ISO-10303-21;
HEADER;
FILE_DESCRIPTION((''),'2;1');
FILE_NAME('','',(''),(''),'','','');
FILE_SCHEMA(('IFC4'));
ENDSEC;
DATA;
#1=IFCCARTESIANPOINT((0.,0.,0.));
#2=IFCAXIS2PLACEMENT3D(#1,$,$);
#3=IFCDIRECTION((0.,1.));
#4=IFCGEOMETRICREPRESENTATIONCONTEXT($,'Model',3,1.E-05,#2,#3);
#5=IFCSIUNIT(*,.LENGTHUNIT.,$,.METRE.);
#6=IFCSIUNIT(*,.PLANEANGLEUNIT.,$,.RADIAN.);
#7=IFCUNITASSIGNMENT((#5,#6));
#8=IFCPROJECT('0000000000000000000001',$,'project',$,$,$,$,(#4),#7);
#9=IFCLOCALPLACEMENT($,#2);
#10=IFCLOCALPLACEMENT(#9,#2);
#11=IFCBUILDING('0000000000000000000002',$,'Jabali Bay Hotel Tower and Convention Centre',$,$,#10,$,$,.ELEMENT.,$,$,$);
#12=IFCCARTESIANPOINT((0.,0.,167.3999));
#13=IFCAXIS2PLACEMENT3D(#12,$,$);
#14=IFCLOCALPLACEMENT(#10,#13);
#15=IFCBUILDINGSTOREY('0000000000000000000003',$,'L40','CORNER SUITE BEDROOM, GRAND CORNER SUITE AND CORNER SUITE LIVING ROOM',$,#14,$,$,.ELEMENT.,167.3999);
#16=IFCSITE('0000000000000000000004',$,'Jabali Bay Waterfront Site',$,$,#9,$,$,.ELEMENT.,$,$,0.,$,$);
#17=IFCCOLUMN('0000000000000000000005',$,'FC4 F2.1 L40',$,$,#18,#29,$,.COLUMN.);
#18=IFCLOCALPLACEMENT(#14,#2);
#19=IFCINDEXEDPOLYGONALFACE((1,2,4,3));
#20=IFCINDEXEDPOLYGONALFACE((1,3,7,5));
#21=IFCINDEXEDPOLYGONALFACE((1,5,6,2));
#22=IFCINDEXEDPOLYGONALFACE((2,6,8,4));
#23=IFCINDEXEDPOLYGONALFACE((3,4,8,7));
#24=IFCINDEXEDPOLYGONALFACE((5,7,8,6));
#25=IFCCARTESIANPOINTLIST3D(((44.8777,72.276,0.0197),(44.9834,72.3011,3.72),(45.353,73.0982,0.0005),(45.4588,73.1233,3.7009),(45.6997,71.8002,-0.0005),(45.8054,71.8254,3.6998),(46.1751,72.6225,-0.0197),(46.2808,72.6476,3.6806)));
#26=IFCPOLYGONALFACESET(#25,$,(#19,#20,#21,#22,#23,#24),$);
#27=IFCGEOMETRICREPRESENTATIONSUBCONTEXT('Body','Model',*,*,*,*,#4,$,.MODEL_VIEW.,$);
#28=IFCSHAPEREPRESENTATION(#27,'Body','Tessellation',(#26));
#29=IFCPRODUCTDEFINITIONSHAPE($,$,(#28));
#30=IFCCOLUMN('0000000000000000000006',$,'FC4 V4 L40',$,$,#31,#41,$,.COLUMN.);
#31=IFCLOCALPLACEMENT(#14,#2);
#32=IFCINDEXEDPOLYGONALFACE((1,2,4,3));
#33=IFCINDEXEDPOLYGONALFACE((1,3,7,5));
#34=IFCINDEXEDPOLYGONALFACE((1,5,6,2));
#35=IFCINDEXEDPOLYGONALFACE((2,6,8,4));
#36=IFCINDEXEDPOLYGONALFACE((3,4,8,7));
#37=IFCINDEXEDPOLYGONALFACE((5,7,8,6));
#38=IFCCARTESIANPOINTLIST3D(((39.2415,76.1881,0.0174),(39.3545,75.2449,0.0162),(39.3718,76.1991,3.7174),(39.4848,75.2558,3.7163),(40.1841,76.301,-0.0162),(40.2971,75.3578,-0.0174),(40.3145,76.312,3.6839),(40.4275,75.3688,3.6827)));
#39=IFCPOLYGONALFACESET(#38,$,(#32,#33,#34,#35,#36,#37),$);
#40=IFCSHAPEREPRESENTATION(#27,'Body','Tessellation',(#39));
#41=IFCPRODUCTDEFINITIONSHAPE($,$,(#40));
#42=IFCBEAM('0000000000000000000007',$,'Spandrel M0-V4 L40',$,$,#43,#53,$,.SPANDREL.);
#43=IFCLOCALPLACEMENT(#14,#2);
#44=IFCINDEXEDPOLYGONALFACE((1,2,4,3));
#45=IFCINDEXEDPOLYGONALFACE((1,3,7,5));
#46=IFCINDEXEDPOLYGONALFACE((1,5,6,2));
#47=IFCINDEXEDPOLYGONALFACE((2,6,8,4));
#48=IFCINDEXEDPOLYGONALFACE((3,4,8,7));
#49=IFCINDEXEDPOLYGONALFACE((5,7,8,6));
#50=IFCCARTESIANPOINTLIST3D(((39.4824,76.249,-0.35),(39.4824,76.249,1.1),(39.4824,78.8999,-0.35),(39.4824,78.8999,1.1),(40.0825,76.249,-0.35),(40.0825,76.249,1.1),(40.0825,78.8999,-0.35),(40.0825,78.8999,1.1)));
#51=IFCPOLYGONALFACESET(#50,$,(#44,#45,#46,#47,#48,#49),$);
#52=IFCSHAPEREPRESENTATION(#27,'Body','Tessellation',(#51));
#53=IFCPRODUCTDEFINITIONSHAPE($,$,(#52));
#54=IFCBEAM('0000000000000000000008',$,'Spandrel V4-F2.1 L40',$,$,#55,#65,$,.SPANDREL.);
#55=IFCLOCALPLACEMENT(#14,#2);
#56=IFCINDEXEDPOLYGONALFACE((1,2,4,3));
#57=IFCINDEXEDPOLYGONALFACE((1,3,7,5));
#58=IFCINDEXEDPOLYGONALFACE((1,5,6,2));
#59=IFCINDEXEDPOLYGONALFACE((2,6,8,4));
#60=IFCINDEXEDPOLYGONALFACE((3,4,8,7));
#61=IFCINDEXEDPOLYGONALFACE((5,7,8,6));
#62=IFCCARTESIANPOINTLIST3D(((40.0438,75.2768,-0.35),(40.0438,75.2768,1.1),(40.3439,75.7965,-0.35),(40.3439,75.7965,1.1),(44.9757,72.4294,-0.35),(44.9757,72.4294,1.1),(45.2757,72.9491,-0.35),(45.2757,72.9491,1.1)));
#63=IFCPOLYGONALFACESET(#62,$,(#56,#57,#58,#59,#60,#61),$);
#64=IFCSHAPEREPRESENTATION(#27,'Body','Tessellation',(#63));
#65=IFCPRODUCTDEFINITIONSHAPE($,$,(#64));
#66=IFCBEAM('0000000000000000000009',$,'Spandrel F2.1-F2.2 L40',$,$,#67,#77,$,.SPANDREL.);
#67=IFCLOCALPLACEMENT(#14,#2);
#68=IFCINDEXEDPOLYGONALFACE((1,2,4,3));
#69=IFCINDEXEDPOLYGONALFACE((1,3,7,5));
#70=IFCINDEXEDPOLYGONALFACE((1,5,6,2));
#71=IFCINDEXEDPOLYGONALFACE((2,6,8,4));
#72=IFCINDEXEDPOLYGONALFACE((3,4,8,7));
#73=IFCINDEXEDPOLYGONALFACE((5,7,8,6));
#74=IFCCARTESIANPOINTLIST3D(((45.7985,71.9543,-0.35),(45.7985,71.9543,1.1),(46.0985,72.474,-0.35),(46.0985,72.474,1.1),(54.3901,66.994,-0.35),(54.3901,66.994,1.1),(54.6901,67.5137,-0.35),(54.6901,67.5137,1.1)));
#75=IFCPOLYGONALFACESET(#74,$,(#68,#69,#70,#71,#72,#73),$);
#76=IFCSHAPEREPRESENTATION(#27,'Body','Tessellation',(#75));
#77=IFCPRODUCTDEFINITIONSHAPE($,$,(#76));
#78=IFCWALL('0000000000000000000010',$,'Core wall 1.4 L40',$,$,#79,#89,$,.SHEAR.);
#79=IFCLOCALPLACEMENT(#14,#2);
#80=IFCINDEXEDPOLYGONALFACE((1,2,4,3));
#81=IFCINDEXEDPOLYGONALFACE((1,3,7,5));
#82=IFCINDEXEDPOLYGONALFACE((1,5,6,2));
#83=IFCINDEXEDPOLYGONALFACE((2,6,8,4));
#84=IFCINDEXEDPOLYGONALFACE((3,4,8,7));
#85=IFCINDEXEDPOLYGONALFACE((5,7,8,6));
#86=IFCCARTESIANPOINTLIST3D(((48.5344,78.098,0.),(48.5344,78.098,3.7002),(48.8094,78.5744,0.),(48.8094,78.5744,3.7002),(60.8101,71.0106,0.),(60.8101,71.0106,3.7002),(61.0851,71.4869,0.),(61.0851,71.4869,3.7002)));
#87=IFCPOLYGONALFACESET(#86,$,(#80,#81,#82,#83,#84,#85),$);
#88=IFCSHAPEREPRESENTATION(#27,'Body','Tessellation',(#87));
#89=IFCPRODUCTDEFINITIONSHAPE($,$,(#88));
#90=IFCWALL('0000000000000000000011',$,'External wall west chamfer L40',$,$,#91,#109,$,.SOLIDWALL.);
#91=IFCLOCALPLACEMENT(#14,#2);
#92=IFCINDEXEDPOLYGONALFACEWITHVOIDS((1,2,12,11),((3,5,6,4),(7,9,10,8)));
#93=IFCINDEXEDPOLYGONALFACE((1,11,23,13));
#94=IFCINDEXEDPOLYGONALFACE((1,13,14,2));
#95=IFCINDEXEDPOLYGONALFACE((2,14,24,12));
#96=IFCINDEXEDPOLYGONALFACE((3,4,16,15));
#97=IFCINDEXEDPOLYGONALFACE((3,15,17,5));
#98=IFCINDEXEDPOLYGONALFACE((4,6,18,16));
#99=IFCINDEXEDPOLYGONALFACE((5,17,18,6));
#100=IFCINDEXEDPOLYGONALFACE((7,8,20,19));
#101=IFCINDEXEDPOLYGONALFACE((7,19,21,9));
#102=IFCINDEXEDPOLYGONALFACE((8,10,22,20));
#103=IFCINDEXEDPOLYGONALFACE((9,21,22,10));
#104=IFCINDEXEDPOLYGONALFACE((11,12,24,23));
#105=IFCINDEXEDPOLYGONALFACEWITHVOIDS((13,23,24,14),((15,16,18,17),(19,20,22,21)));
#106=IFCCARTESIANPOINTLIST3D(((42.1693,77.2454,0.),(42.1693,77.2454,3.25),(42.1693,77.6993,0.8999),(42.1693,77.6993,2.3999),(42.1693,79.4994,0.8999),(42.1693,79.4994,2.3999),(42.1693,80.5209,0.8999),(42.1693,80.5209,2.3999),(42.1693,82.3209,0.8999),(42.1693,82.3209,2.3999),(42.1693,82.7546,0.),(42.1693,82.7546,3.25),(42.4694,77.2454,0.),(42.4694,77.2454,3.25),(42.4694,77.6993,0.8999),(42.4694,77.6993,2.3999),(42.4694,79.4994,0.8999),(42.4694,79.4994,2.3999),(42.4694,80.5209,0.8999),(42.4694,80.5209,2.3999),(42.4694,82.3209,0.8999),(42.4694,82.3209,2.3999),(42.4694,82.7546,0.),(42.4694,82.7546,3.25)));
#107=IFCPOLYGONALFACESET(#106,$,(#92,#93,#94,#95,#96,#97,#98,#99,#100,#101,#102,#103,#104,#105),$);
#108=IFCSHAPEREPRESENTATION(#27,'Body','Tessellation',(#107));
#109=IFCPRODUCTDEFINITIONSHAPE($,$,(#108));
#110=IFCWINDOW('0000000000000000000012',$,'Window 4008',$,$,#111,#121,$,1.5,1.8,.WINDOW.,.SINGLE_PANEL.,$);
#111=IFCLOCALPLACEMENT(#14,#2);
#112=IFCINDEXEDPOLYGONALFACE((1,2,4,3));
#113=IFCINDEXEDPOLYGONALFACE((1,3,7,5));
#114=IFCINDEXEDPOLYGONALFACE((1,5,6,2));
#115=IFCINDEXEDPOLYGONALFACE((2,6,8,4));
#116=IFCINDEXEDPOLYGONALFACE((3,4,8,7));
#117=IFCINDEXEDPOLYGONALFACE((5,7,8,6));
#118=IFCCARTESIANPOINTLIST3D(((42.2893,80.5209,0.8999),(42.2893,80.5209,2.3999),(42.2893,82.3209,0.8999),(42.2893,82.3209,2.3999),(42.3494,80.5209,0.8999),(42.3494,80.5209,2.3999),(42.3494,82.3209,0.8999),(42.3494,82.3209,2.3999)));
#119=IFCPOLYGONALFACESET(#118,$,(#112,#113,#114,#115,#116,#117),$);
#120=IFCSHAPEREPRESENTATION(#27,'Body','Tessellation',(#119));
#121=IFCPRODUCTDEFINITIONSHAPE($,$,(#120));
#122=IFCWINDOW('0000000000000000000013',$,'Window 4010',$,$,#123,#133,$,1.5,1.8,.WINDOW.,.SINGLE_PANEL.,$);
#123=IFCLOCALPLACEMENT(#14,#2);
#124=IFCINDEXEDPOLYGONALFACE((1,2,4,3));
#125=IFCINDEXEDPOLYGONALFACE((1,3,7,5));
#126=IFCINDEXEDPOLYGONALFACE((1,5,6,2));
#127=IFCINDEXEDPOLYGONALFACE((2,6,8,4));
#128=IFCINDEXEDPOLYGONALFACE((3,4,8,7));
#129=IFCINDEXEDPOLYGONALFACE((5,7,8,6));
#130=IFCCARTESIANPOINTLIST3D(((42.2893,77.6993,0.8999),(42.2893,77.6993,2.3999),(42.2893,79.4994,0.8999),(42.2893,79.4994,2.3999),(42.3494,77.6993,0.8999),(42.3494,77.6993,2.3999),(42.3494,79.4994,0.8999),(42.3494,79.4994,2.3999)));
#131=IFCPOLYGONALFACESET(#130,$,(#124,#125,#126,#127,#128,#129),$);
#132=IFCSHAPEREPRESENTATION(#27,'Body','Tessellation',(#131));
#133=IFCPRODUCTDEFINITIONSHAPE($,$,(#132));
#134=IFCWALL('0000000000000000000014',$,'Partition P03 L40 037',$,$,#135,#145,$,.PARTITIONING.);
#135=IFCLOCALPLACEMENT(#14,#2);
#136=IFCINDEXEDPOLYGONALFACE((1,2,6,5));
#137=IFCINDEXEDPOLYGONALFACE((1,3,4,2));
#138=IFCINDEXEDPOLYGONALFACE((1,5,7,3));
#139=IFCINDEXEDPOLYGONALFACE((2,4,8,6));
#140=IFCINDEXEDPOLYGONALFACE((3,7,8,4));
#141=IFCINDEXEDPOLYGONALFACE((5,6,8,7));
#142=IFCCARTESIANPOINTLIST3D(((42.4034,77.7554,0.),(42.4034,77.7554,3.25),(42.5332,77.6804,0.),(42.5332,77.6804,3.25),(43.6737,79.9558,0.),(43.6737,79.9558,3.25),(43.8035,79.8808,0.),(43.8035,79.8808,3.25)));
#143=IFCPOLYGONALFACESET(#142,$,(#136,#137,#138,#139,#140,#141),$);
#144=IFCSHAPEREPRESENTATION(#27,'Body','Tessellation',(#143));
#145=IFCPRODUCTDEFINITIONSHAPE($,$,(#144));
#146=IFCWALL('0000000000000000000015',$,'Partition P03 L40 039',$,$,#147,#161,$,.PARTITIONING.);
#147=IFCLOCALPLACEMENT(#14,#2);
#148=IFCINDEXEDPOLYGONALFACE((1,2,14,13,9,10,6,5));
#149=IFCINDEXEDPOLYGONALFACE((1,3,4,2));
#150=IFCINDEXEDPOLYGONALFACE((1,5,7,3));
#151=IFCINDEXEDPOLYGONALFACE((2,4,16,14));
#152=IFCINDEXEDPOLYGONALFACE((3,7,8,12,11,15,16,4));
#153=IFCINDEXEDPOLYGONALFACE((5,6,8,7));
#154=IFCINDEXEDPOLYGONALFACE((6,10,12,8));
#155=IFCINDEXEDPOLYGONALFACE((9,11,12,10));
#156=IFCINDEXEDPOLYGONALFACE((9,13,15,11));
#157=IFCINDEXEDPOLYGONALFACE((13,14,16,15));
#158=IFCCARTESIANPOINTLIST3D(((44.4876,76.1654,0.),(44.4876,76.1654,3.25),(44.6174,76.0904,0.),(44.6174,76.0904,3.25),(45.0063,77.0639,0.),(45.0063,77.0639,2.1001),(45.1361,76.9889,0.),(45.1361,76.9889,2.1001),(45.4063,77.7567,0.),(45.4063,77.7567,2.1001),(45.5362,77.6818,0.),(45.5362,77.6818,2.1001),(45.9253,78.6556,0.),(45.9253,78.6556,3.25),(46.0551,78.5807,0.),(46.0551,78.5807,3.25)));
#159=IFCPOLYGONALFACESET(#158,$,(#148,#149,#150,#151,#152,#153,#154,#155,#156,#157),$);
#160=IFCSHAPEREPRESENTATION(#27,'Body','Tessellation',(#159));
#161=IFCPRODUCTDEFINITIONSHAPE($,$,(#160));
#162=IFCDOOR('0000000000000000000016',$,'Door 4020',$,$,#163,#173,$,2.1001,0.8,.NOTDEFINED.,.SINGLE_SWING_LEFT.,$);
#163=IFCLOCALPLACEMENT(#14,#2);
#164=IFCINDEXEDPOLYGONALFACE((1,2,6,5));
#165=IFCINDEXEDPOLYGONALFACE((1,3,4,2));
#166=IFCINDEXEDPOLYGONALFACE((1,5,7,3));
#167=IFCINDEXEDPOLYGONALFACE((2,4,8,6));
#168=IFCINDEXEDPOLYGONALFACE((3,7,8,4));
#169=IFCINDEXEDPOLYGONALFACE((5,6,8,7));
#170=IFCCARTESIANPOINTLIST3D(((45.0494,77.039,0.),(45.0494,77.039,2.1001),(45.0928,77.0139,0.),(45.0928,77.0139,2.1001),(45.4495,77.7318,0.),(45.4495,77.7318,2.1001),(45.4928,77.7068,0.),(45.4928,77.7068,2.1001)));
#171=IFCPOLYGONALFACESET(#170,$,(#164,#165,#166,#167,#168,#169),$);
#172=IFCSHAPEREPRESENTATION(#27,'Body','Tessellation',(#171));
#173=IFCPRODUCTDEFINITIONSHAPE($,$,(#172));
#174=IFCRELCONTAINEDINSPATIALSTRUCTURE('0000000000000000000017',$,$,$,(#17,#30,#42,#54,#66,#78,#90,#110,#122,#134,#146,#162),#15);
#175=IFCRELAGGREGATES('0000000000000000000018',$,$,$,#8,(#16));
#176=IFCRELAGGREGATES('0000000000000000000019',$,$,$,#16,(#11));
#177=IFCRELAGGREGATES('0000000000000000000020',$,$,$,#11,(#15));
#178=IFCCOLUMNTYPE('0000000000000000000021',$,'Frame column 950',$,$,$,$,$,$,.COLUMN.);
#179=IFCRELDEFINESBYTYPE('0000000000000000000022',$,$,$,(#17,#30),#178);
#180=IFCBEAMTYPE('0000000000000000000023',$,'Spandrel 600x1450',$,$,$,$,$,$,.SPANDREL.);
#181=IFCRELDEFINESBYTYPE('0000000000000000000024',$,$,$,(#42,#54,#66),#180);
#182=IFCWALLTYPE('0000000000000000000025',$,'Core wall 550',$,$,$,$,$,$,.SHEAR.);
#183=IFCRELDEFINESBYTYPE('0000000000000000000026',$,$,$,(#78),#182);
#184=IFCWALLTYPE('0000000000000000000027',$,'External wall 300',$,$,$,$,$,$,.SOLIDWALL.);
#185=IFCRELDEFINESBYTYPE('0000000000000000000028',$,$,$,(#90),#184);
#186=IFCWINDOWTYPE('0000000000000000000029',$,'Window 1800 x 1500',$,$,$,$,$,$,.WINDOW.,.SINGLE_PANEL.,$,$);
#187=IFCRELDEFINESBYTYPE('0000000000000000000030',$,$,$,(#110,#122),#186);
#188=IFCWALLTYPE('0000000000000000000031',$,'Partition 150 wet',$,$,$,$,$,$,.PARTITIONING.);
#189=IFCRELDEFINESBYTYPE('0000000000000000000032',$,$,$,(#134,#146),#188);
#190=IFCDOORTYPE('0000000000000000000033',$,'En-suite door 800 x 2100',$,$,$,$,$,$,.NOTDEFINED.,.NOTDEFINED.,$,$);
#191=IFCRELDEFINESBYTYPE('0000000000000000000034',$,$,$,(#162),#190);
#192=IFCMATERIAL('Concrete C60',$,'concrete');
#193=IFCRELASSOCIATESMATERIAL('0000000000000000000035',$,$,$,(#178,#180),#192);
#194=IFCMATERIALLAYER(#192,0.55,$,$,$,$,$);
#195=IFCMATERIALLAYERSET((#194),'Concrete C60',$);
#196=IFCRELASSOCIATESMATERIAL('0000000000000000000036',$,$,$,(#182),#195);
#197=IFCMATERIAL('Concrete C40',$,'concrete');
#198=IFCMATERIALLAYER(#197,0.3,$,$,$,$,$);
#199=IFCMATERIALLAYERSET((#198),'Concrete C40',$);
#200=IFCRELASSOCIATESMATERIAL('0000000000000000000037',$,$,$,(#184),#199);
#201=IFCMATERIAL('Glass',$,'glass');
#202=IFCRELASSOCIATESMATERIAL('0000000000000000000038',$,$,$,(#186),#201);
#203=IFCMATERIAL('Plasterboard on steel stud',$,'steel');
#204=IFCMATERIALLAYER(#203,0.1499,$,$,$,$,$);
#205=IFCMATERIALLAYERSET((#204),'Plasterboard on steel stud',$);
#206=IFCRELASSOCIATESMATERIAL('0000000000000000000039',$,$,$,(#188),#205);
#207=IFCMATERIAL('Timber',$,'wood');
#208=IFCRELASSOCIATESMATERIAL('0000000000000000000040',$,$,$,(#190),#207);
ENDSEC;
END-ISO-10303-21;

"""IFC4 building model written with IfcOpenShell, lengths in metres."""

from ifc_helpers import new_model, si_unit, direction, frame, frame_2d, origin, origin_2d, place, context, subcontext, project, spatial, rectangle, extrude, material, layer, layer_set, material_profile, profile_set, type_object, element, fill, save


model = new_model("IFC4")

# Units and contexts
model_context = context("Model", 3, precision=1e-05, world=origin(), true_north=direction((0.0, 1.0)))
body_context = subcontext(model_context, "Body", "Model", "MODEL_VIEW")
ifc_project = project(units=[si_unit("LENGTHUNIT", "METRE"), si_unit("PLANEANGLEUNIT", "RADIAN")], contexts=[model_context])

# Site, building, storey
site_placement = place(None, origin())
site = spatial("IfcSite", under=ifc_project, at=site_placement, Name="Jabali Bay Waterfront Site", CompositionType="ELEMENT", RefElevation=0.0)
building_placement = place(site_placement, origin())
building = spatial("IfcBuilding", under=site, at=building_placement, Name="Jabali Bay Hotel Tower and Convention Centre", CompositionType="ELEMENT")
storey_placement = place(building_placement, frame((0.0, 0.0, 167.3999)))
storey = spatial("IfcBuildingStorey", under=building, at=storey_placement, Name="L40", Description="CORNER SUITE BEDROOM, GRAND CORNER SUITE AND CORNER SUITE LIVING ROOM", CompositionType="ELEMENT", Elevation=167.3999)

# Columns
ifc_material_1 = material(Name="Concrete C60", Category="concrete")
ifc_material_profile_1 = material_profile(ifc_material_1, rectangle(XDim=0.95, YDim=0.95, at=origin_2d()), Name="Frame column 950")
ifc_profile_set_1 = profile_set([ifc_material_profile_1], Name="Concrete C60")
column_type = type_object("IfcColumnType", Name="Frame column 950", PredefinedType="COLUMN", material=ifc_profile_set_1)
column_1_placement = place(storey_placement, frame((45.5264, 72.4492, 0.0), z_axis=(0.028557, 0.006793, 0.999569), x_axis=(-0.865319, 0.500768, 0.021319)))
element("IfcColumn", 1, at=column_1_placement, inside=storey, type_object=column_type, Name="FC4 F2.1 L40", PredefinedType="COLUMN", context=body_context, shape_type="SweptSolid", body=[
    extrude(rectangle(XDim=0.95, YDim=0.95, at=origin_2d()), origin(), (0.0, 0.0, 1.0), 3.7019),
])
column_2_placement = place(storey_placement, frame((39.7693, 75.7729, 0.0), z_axis=(0.035212, 0.002967, 0.999375), x_axis=(-0.11895, 0.992899, 0.001243)))
element("IfcColumn", 2, at=column_2_placement, inside=storey, type_object=column_type, Name="FC4 V4 L40", PredefinedType="COLUMN", context=body_context, shape_type="SweptSolid", body=[
    extrude(rectangle(XDim=0.95, YDim=0.95, at=origin_2d()), origin(), (0.0, 0.0, 1.0), 3.7024),
])

# Beams
ifc_material_profile_2 = material_profile(ifc_material_1, rectangle(XDim=0.6001, YDim=1.45, at=origin_2d()), Name="Spandrel 600x1450")
ifc_profile_set_2 = profile_set([ifc_material_profile_2], Name="Concrete C60")
beam_type = type_object("IfcBeamType", Name="Spandrel 600x1450", PredefinedType="SPANDREL", material=ifc_profile_set_2)
beam_1_placement = place(storey_placement, frame((39.7825, 78.8999, 0.375), z_axis=(0.0, -1.0, 0.0), x_axis=(1.0, 0.0, 0.0)))
element("IfcBeam", 3, at=beam_1_placement, inside=storey, type_object=beam_type, Name="Spandrel M0-V4 L40", PredefinedType="SPANDREL", context=body_context, shape_type="SweptSolid", body=[
    extrude(rectangle(XDim=0.6001, YDim=1.45, at=origin_2d()), origin(), (0.0, 0.0, 1.0), 2.6509),
])
beam_2_placement = place(storey_placement, frame((40.1938, 75.5366, 0.375), z_axis=(0.866026, -0.499998, 0.0), x_axis=(0.499998, 0.866026, 0.0)))
element("IfcBeam", 4, at=beam_2_placement, inside=storey, type_object=beam_type, Name="Spandrel V4-F2.1 L40", PredefinedType="SPANDREL", context=body_context, shape_type="SweptSolid", body=[
    extrude(rectangle(XDim=0.6001, YDim=1.45, at=origin_2d()), origin(), (0.0, 0.0, 1.0), 5.6948),
])
beam_3_placement = place(storey_placement, frame((45.9485, 72.2141, 0.375), z_axis=(0.866031, -0.49999, 0.0), x_axis=(0.49999, 0.866031, 0.0)))
element("IfcBeam", 5, at=beam_3_placement, inside=storey, type_object=beam_type, Name="Spandrel F2.1-F2.2 L40", PredefinedType="SPANDREL", context=body_context, shape_type="SweptSolid", body=[
    extrude(rectangle(XDim=0.6001, YDim=1.45, at=origin_2d()), origin(), (0.0, 0.0, 1.0), 9.9207),
])

# Wall
ifc_layer_1 = layer(ifc_material_1, 0.55)
ifc_layer_set_1 = layer_set([ifc_layer_1], Name="Concrete C60")
wall_type_1 = type_object("IfcWallType", Name="Core wall 550", PredefinedType="SHEAR", material=ifc_layer_set_1)
wall_1_placement = place(storey_placement, frame((48.6719, 78.3362, 0.0), z_axis=(0.0, 0.0, 1.0), x_axis=(0.866024, -0.500003, 0.0)))
element("IfcWall", 6, at=wall_1_placement, inside=storey, type_object=wall_type_1, Name="Core wall 1.4 L40", PredefinedType="SHEAR", context=body_context, shape_type="SweptSolid", body=[
    extrude(rectangle(XDim=14.1748, YDim=0.55, at=frame_2d((7.0874, 0.0))), origin(), (0.0, 0.0, 1.0), 3.7002),
])

# Wall, openings, windows
ifc_material_2 = material(Name="Concrete C40", Category="concrete")
ifc_layer_2 = layer(ifc_material_2, 0.3)
ifc_layer_set_2 = layer_set([ifc_layer_2], Name="Concrete C40")
wall_type_2 = type_object("IfcWallType", Name="External wall 300", PredefinedType="SOLIDWALL", material=ifc_layer_set_2)
wall_2_placement = place(storey_placement, frame((42.3193, 77.2454, 0.0), z_axis=(0.0, 0.0, 1.0), x_axis=(0.0, 1.0, 0.0)))
wall_2 = element("IfcWall", 7, at=wall_2_placement, inside=storey, type_object=wall_type_2, Name="External wall west chamfer L40", PredefinedType="SOLIDWALL", context=body_context, shape_type="SweptSolid", body=[
    extrude(rectangle(XDim=5.5093, YDim=0.3, at=frame_2d((2.7546, 0.0))), origin(), (0.0, 0.0, 1.0), 3.25),
])
opening_1_placement = place(wall_2_placement, frame((3.2756, 0.0, 0.8999)))
opening_1 = element("IfcOpeningElement", 8, at=opening_1_placement, cuts=wall_2, PredefinedType="OPENING", context=body_context, shape_type="SweptSolid", body=[
    extrude(rectangle(XDim=1.8, YDim=1.5, at=frame_2d((0.8999, 0.75))), frame((0.0, 0.1606, 0.0), z_axis=(0.0, -1.0, 0.0), x_axis=(1.0, 0.0, 0.0)), (0.0, 0.0, 1.0), 0.321),
])
opening_2_placement = place(wall_2_placement, frame((0.4541, 0.0, 0.8999)))
opening_2 = element("IfcOpeningElement", 9, at=opening_2_placement, cuts=wall_2, PredefinedType="OPENING", context=body_context, shape_type="SweptSolid", body=[
    extrude(rectangle(XDim=1.8, YDim=1.5, at=frame_2d((0.8999, 0.75))), frame((0.0, 0.1606, 0.0), z_axis=(0.0, -1.0, 0.0), x_axis=(1.0, 0.0, 0.0)), (0.0, 0.0, 1.0), 0.321),
])
ifc_material_3 = material(Name="Glass", Category="glass")
window_type = type_object("IfcWindowType", Name="Window 1800 x 1500", PartitioningType="SINGLE_PANEL", PredefinedType="WINDOW", material=ifc_material_3)
window_1_placement = place(opening_1_placement, origin())
window_1 = element("IfcWindow", 10, at=window_1_placement, inside=storey, type_object=window_type, Name="Window 4008", OverallHeight=1.5, OverallWidth=1.8, PartitioningType="SINGLE_PANEL", PredefinedType="WINDOW", context=body_context, shape_type="SweptSolid", body=[
    extrude(rectangle(XDim=1.8, YDim=1.5, at=frame_2d((0.8999, 0.75))), frame((0.0, 0.03, 0.0), z_axis=(0.0, -1.0, 0.0), x_axis=(1.0, 0.0, 0.0)), (0.0, 0.0, 1.0), 0.0601),
])
fill(opening_1, window_1)
window_2_placement = place(opening_2_placement, origin())
window_2 = element("IfcWindow", 11, at=window_2_placement, inside=storey, type_object=window_type, Name="Window 4010", OverallHeight=1.5, OverallWidth=1.8, PartitioningType="SINGLE_PANEL", PredefinedType="WINDOW", context=body_context, shape_type="SweptSolid", body=[
    extrude(rectangle(XDim=1.8, YDim=1.5, at=frame_2d((0.8999, 0.75))), frame((0.0, 0.03, 0.0), z_axis=(0.0, -1.0, 0.0), x_axis=(1.0, 0.0, 0.0)), (0.0, 0.0, 1.0), 0.0601),
])
fill(opening_2, window_2)

# Wall
ifc_material_4 = material(Name="Plasterboard on steel stud", Category="steel")
ifc_layer_3 = layer(ifc_material_4, 0.1499)
ifc_layer_set_3 = layer_set([ifc_layer_3], Name="Plasterboard on steel stud")
wall_type_3 = type_object("IfcWallType", Name="Partition 150 wet", PredefinedType="PARTITIONING", material=ifc_layer_set_3)
wall_3_placement = place(storey_placement, frame((42.4683, 77.7178, 0.0), z_axis=(0.0, 0.0, 1.0), x_axis=(0.499953, 0.866053, 0.0)))
element("IfcWall", 12, at=wall_3_placement, inside=storey, type_object=wall_type_3, Name="Partition P03 L40 037", PredefinedType="PARTITIONING", context=body_context, shape_type="SweptSolid", body=[
    extrude(rectangle(XDim=2.5408, YDim=0.1499, at=frame_2d((1.2705, 0.0))), origin(), (0.0, 0.0, 1.0), 3.25),
])

# Wall, opening, door
wall_4_placement = place(storey_placement, frame((45.9902, 78.6182, 0.0), z_axis=(0.0, 0.0, 1.0), x_axis=(-0.500002, -0.866024, 0.0)))
wall_4 = element("IfcWall", 13, at=wall_4_placement, inside=storey, type_object=wall_type_3, Name="Partition P03 L40 039", PredefinedType="PARTITIONING", context=body_context, shape_type="SweptSolid", body=[
    extrude(rectangle(XDim=2.8755, YDim=0.1499, at=frame_2d((1.4377, 0.0))), origin(), (0.0, 0.0, 1.0), 3.25),
])
opening_3_placement = place(wall_4_placement, frame((1.0381, 0.0, 0.0)))
opening_3 = element("IfcOpeningElement", 14, at=opening_3_placement, cuts=wall_4, PredefinedType="OPENING", context=body_context, shape_type="SweptSolid", body=[
    extrude(rectangle(XDim=0.8, YDim=2.1001, at=frame_2d((0.3999, 1.05))), frame((0.0, 0.0854, 0.0), z_axis=(0.0, -1.0, 0.0), x_axis=(1.0, 0.0, 0.0)), (0.0, 0.0, 1.0), 0.1709),
])
ifc_material_5 = material(Name="Timber", Category="wood")
door_type = type_object("IfcDoorType", Name="En-suite door 800 x 2100", OperationType="NOTDEFINED", PredefinedType="NOTDEFINED", material=ifc_material_5)
door_placement = place(opening_3_placement, origin())
door = element("IfcDoor", 15, at=door_placement, inside=storey, type_object=door_type, Name="Door 4020", OperationType="SINGLE_SWING_LEFT", OverallHeight=2.1001, OverallWidth=0.8, PredefinedType="NOTDEFINED", context=body_context, shape_type="SweptSolid", body=[
    extrude(rectangle(XDim=0.8, YDim=2.1001, at=frame_2d((0.3999, 1.05))), frame((0.0, 0.0249, 0.0), z_axis=(0.0, -1.0, 0.0), x_axis=(1.0, 0.0, 0.0)), (0.0, 0.0, 1.0), 0.05),
])
fill(opening_3, door)

save(model, "model.ifc")
